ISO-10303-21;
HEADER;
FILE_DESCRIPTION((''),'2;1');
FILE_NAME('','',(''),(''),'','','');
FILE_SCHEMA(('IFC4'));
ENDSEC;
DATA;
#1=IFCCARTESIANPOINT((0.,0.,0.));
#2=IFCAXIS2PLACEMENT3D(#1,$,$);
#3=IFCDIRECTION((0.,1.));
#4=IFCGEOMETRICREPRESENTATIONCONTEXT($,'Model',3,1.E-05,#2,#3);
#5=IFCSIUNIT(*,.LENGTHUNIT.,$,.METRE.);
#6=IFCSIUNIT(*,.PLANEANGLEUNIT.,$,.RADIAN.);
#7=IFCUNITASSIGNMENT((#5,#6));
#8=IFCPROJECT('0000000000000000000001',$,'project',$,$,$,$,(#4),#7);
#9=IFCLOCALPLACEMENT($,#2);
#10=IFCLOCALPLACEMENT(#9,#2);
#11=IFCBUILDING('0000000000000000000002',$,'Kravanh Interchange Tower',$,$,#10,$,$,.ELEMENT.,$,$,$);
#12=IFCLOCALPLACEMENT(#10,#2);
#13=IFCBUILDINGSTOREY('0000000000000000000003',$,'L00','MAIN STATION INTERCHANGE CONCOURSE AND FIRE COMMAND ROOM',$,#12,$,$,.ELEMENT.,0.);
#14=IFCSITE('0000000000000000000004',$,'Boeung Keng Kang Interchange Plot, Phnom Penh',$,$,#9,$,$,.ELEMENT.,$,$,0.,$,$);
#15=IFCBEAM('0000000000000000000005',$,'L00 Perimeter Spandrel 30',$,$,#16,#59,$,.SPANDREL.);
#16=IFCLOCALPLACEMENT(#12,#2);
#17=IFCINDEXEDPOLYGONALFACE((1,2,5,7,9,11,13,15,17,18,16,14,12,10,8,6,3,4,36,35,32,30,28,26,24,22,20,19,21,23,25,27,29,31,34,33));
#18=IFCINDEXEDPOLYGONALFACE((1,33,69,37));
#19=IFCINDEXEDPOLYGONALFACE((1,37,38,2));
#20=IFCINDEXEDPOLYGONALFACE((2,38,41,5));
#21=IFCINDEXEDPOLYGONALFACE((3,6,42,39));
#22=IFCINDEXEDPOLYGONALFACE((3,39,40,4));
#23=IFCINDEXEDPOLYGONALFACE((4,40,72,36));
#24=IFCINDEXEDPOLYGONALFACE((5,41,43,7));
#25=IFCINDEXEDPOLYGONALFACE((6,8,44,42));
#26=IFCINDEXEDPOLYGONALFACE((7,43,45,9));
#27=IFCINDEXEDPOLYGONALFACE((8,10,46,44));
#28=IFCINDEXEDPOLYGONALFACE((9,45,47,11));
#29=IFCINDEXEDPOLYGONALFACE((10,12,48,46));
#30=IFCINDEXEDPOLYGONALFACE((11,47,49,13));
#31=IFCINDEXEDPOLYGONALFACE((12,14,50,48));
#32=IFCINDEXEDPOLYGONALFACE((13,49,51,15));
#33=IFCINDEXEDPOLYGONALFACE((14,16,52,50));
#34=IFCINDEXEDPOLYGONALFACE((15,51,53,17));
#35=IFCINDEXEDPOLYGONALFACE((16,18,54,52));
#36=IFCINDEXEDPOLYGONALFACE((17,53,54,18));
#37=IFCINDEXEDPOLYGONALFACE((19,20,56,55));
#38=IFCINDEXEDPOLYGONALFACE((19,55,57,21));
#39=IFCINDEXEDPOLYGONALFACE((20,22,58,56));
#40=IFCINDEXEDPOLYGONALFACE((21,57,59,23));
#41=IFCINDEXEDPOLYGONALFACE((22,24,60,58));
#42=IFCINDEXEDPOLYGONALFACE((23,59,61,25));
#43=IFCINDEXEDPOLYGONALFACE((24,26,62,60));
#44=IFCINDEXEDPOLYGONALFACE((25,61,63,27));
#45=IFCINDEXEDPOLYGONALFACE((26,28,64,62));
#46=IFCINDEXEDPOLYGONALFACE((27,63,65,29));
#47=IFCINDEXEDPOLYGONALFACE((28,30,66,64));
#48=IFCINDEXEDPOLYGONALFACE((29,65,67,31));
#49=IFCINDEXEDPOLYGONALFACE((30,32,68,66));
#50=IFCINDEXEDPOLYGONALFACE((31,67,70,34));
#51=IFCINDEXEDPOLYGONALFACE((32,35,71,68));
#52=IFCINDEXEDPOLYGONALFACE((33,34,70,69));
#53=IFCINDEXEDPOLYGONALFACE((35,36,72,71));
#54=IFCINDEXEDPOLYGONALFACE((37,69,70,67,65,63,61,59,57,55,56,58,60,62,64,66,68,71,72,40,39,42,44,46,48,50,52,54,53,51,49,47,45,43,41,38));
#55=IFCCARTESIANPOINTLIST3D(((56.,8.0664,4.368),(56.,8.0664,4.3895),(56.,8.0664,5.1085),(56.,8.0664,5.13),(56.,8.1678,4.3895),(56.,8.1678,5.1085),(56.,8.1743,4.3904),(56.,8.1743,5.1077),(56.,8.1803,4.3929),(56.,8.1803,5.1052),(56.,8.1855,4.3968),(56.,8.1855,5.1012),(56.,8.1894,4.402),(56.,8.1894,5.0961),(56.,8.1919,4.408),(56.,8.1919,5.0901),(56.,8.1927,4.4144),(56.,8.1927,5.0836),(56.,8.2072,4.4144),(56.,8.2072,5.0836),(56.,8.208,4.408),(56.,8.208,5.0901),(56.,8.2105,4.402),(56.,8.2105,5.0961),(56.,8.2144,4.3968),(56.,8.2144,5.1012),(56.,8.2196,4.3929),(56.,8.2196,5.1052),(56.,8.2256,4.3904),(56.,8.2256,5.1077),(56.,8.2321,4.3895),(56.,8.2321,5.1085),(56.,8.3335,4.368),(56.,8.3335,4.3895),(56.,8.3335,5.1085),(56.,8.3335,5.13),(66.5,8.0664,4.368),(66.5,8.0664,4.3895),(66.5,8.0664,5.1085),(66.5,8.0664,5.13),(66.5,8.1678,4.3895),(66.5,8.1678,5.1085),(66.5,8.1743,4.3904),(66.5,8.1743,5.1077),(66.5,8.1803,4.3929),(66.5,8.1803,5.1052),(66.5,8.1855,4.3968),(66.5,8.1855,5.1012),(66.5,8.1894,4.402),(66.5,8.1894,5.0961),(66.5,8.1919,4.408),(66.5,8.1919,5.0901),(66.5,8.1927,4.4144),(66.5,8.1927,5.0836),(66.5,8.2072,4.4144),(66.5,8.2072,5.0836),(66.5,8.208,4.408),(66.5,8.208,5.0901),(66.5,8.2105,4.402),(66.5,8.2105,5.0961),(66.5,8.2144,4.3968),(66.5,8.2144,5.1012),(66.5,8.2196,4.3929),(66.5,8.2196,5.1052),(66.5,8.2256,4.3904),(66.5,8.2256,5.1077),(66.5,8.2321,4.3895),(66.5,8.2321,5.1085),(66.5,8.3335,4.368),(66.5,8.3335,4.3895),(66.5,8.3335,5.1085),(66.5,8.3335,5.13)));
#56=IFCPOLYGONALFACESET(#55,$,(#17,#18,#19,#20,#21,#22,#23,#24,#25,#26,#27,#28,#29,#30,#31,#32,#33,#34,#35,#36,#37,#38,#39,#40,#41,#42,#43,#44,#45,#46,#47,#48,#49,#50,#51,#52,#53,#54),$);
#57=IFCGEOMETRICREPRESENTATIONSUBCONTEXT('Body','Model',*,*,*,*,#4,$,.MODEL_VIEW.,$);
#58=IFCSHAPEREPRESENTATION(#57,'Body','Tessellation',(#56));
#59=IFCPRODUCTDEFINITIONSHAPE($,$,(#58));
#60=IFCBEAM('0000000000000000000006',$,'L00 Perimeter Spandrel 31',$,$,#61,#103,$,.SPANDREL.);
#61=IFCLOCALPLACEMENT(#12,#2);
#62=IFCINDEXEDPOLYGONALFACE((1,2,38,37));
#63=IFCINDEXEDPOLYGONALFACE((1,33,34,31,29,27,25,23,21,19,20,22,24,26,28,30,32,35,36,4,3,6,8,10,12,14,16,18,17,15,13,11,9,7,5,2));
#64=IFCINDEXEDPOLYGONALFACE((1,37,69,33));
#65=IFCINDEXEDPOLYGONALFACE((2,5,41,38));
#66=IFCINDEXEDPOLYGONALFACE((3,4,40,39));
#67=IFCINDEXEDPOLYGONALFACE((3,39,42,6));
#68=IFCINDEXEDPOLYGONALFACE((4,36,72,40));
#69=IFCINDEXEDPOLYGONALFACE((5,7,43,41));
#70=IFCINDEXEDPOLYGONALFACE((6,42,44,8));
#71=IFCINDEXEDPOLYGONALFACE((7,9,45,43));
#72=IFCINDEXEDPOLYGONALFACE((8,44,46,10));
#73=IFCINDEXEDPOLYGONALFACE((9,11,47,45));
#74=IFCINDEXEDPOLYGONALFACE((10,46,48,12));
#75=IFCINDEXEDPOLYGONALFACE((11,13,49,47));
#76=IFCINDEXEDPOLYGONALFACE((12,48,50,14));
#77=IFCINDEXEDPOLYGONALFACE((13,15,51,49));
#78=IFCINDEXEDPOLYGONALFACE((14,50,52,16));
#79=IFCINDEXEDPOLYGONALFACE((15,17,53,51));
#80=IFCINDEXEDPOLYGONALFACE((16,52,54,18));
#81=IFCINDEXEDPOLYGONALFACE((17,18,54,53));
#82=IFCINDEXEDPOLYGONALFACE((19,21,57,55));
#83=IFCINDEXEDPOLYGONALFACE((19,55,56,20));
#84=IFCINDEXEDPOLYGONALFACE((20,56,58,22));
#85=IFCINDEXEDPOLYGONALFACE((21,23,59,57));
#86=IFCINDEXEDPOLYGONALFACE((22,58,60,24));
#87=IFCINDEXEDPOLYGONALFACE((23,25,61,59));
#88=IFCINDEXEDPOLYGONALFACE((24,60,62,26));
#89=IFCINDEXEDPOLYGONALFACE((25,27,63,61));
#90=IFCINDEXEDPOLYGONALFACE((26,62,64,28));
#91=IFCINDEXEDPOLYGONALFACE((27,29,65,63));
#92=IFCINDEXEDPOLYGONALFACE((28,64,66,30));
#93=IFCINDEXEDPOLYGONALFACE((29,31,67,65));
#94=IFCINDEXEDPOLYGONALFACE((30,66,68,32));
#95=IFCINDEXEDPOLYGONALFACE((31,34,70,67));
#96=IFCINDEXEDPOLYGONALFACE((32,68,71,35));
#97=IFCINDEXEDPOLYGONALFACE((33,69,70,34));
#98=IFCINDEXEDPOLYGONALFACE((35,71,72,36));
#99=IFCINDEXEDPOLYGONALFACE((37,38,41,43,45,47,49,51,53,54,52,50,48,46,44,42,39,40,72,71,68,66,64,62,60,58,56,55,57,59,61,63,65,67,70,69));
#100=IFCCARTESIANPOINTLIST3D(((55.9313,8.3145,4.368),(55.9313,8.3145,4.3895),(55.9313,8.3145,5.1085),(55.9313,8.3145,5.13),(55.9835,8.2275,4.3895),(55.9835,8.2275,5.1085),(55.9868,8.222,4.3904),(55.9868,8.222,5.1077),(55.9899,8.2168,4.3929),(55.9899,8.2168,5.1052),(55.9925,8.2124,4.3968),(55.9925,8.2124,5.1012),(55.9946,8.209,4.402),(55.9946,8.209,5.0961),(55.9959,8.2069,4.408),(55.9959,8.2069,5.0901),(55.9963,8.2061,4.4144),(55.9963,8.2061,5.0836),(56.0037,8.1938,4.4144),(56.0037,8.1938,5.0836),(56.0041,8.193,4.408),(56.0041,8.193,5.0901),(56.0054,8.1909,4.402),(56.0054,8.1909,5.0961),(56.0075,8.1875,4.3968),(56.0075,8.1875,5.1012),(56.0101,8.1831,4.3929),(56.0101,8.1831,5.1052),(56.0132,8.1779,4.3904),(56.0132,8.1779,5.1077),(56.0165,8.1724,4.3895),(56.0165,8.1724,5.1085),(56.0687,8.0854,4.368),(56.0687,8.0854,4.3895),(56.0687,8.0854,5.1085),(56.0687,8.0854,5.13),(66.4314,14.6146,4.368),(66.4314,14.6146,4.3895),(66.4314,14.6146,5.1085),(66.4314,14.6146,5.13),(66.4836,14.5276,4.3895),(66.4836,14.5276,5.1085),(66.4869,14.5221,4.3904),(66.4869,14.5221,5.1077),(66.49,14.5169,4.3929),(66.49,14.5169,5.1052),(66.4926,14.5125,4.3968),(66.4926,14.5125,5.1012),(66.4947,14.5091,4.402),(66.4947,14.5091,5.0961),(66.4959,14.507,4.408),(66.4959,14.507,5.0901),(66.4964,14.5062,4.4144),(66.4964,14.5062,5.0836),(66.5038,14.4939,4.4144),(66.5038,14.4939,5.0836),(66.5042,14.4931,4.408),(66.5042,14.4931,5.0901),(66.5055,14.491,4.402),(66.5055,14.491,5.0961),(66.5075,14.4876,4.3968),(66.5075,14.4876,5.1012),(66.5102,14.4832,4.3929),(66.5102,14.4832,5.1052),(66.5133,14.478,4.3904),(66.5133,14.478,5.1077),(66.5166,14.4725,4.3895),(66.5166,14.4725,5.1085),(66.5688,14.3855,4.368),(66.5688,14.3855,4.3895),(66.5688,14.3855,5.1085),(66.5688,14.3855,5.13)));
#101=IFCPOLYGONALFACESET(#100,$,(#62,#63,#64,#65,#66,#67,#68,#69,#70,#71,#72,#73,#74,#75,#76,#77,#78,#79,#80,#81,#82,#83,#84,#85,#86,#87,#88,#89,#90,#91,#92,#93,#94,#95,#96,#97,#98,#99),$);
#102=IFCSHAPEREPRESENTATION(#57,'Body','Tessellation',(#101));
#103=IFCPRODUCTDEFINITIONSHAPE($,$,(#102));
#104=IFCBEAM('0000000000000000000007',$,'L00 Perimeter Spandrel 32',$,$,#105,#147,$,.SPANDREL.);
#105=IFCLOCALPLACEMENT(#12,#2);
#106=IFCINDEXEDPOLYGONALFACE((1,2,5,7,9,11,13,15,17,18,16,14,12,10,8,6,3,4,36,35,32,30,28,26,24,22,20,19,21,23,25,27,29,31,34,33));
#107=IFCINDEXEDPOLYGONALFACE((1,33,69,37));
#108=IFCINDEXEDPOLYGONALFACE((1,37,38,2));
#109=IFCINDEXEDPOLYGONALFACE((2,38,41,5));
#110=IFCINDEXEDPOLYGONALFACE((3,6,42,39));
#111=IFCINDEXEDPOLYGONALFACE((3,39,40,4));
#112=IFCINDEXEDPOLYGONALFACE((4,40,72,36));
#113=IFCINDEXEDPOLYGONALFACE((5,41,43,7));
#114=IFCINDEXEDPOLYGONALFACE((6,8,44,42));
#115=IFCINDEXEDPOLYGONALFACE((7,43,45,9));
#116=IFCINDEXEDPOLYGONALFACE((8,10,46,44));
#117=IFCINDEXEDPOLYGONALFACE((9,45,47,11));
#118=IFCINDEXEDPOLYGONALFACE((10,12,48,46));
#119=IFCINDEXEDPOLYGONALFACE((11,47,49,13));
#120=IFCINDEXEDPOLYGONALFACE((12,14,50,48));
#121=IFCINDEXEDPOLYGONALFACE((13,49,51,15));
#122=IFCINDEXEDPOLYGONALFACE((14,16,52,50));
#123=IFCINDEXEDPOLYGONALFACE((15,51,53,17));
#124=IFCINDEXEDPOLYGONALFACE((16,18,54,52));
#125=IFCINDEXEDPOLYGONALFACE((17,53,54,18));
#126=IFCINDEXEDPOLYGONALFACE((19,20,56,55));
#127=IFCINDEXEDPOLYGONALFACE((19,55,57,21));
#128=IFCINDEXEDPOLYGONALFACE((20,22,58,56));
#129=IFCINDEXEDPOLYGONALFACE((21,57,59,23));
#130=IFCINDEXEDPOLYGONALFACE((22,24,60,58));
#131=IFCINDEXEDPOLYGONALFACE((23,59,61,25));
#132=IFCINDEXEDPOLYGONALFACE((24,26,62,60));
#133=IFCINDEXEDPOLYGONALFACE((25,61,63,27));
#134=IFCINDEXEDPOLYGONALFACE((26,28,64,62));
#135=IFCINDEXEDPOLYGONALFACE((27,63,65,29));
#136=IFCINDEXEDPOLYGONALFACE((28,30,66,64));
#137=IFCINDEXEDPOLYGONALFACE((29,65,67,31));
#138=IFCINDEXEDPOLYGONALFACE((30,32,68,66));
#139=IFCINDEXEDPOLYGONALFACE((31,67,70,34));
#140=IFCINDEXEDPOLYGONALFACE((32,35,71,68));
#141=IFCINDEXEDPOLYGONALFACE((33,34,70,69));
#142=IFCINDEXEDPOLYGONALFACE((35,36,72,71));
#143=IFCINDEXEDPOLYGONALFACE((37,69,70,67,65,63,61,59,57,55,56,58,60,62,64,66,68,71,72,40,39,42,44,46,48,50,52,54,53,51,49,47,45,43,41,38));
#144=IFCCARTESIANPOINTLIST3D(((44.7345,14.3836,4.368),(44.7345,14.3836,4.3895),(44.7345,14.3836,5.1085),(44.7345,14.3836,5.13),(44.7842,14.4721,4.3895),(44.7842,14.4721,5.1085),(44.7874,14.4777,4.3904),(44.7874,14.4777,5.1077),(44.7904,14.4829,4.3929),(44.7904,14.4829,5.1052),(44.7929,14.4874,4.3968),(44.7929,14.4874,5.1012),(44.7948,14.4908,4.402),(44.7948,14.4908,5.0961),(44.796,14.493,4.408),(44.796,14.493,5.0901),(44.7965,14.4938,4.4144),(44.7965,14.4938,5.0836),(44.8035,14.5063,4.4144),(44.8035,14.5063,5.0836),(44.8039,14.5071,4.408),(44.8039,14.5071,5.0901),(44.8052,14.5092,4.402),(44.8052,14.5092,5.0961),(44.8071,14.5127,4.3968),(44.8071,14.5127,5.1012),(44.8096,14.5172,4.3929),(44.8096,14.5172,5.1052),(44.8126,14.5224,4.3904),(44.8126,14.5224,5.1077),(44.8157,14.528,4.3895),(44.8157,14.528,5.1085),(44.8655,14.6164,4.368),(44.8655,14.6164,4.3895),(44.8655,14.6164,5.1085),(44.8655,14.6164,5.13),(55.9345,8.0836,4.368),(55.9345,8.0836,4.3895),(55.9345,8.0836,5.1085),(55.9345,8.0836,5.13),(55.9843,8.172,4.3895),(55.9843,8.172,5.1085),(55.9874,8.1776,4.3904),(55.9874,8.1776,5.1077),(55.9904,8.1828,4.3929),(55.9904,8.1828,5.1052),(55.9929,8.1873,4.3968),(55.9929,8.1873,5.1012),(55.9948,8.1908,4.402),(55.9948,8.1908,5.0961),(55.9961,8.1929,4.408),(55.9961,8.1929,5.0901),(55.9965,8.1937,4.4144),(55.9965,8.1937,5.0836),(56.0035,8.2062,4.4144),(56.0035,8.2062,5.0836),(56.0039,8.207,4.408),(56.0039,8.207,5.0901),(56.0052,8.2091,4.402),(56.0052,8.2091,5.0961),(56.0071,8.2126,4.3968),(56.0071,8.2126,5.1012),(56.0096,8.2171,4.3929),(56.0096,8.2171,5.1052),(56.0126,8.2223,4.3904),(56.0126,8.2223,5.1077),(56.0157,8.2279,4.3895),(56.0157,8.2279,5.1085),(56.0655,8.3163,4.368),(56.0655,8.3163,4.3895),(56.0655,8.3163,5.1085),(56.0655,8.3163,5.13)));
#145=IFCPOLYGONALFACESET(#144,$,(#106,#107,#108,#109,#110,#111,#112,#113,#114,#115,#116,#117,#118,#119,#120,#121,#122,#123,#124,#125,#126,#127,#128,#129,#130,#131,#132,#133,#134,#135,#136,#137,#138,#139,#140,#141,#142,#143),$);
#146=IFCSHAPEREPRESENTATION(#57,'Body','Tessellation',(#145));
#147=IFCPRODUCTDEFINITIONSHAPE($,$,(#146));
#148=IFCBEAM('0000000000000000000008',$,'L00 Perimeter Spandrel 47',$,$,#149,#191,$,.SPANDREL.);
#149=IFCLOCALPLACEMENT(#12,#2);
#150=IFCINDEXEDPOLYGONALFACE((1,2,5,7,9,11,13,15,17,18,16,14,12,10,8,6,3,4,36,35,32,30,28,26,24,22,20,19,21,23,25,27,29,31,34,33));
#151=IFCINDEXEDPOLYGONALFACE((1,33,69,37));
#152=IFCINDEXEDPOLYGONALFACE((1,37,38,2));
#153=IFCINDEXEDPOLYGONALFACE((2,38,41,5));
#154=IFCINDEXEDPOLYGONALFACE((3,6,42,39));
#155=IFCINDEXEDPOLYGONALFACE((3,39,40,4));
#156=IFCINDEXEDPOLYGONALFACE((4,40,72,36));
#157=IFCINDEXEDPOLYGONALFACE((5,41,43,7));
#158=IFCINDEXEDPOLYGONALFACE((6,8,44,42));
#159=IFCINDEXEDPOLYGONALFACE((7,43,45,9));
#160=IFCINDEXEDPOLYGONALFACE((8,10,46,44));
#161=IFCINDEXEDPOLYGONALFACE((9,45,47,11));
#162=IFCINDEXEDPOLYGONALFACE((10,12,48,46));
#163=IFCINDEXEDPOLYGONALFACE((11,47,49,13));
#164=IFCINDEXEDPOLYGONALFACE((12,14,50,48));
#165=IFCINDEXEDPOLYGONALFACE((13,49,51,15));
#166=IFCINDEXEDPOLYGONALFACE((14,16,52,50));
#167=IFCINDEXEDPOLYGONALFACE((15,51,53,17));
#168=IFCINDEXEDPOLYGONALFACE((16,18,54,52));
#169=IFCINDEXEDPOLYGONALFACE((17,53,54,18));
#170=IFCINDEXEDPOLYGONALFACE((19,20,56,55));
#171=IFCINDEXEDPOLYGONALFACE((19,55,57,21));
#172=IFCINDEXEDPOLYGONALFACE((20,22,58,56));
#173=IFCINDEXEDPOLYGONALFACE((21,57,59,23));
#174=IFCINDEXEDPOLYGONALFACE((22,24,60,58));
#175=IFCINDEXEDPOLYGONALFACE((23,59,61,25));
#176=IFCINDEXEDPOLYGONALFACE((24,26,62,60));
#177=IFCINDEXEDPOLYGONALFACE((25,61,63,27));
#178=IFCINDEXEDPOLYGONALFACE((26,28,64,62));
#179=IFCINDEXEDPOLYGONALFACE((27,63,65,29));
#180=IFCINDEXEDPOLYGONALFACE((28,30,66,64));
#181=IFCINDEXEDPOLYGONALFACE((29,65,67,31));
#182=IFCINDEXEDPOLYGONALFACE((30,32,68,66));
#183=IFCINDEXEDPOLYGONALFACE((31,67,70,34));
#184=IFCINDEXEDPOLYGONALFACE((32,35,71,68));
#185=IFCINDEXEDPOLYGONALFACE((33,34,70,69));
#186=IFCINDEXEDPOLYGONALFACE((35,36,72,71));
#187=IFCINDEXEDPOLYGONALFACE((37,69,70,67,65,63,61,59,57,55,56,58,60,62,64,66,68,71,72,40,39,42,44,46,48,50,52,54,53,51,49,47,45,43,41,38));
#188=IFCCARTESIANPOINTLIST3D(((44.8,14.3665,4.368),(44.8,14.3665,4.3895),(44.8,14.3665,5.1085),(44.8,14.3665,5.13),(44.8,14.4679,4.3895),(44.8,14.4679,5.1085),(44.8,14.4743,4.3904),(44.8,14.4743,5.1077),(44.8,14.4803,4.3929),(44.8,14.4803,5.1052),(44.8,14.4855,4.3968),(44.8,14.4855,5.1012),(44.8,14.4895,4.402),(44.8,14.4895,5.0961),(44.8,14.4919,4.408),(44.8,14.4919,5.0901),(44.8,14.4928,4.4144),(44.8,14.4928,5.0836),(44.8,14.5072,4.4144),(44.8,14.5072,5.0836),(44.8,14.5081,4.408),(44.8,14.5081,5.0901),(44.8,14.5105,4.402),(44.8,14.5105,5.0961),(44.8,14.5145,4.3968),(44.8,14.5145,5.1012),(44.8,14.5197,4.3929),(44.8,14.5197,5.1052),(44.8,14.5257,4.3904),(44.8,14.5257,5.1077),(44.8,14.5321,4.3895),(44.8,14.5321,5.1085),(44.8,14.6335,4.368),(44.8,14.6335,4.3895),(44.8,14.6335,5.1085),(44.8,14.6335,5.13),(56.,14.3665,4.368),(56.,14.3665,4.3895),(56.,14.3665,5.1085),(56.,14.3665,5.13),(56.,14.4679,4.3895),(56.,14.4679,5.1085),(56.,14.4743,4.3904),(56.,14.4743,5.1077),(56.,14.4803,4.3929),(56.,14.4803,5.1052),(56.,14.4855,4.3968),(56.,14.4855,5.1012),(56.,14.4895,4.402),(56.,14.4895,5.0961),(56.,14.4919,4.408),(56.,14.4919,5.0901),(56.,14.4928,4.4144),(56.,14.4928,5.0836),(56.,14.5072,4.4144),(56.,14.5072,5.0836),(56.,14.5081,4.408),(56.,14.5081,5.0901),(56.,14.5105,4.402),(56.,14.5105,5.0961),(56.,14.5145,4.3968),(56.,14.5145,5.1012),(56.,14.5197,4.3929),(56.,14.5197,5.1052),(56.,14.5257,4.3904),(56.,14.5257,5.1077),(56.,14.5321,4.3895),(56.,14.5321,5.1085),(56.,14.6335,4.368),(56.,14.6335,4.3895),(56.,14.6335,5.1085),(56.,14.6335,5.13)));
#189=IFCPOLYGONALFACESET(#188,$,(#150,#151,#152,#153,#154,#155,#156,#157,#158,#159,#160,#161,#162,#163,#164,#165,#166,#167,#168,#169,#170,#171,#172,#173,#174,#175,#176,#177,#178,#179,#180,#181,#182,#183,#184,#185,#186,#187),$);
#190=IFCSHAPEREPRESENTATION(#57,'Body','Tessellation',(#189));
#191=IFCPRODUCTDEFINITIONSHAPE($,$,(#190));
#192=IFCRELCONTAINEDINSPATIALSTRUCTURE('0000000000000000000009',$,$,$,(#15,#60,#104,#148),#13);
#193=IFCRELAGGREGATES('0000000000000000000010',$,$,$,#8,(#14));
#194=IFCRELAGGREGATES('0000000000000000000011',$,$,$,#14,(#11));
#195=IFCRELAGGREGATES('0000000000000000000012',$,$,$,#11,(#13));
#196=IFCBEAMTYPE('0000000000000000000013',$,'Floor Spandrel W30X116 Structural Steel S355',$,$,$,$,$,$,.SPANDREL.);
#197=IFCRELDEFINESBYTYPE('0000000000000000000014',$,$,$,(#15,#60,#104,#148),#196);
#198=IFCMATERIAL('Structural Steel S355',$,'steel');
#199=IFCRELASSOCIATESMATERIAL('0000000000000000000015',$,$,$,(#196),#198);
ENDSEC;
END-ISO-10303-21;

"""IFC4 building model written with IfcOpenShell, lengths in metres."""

from ifc_helpers import new_model, si_unit, direction, frame, origin, origin_2d, place, context, subcontext, project, spatial, i_section, extrude, material, material_profile, profile_set, type_object, element, save


model = new_model("IFC4")

# Units and contexts
model_context = context("Model", 3, precision=1e-05, world=origin(), true_north=direction((0.0, 1.0)))
body_context = subcontext(model_context, "Body", "Model", "MODEL_VIEW")
ifc_project = project(units=[si_unit("LENGTHUNIT", "METRE"), si_unit("PLANEANGLEUNIT", "RADIAN")], contexts=[model_context])

# Site, building, storey
site_placement = place(None, origin())
site = spatial("IfcSite", under=ifc_project, at=site_placement, Name="Boeung Keng Kang Interchange Plot, Phnom Penh", CompositionType="ELEMENT", RefElevation=0.0)
building_placement = place(site_placement, origin())
building = spatial("IfcBuilding", under=site, at=building_placement, Name="Kravanh Interchange Tower", CompositionType="ELEMENT")
storey_placement = place(building_placement, origin())
storey = spatial("IfcBuildingStorey", under=building, at=storey_placement, Name="L00", Description="MAIN STATION INTERCHANGE CONCOURSE AND FIRE COMMAND ROOM", CompositionType="ELEMENT", Elevation=0.0)

# Beams
ifc_material_1 = material(Name="Structural Steel S355", Category="steel")
ifc_material_profile_1 = material_profile(ifc_material_1, i_section(OverallWidth=0.2671, OverallDepth=0.762, WebThickness=0.0144, FlangeThickness=0.0215, FilletRadius=0.0249, at=origin_2d()), Name="W30X116")
ifc_profile_set_1 = profile_set([ifc_material_profile_1], Name="Structural Steel S355")
beam_type_1 = type_object("IfcBeamType", Name="Floor Spandrel W30X116 Structural Steel S355", PredefinedType="SPANDREL", material=ifc_profile_set_1)
beam_1_placement = place(storey_placement, frame((56.0, 8.2, 4.749), z_axis=(1.0, 0.0, 0.0), x_axis=(0.0, 1.0, 0.0)))
element("IfcBeam", 1, at=beam_1_placement, inside=storey, type_object=beam_type_1, Name="L00 Perimeter Spandrel 30", PredefinedType="SPANDREL", context=body_context, shape_type="SweptSolid", body=[
    extrude(i_section(OverallWidth=0.2671, OverallDepth=0.762, WebThickness=0.0144, FlangeThickness=0.0215, FilletRadius=0.0249, at=origin_2d()), origin(), (0.0, 0.0, 1.0), 10.5),
])
beam_2_placement = place(storey_placement, frame((56.0, 8.2, 4.749), z_axis=(0.857491, 0.514499, 0.0), x_axis=(-0.514499, 0.857491, 0.0)))
element("IfcBeam", 2, at=beam_2_placement, inside=storey, type_object=beam_type_1, Name="L00 Perimeter Spandrel 31", PredefinedType="SPANDREL", context=body_context, shape_type="SweptSolid", body=[
    extrude(i_section(OverallWidth=0.2671, OverallDepth=0.762, WebThickness=0.0144, FlangeThickness=0.0215, FilletRadius=0.0249, at=origin_2d()), origin(), (0.0, 0.0, 1.0), 12.2451),
])
beam_3_placement = place(storey_placement, frame((56.0, 8.2, 4.749), z_axis=(-0.871573, 0.490266, 0.0), x_axis=(-0.490266, -0.871573, 0.0)))
element("IfcBeam", 3, at=beam_3_placement, inside=storey, type_object=beam_type_1, Name="L00 Perimeter Spandrel 32", PredefinedType="SPANDREL", context=body_context, shape_type="SweptSolid", body=[
    extrude(i_section(OverallWidth=0.2671, OverallDepth=0.762, WebThickness=0.0144, FlangeThickness=0.0215, FilletRadius=0.0249, at=origin_2d()), origin(), (0.0, 0.0, 1.0), 12.8503),
])
beam_4_placement = place(storey_placement, frame((44.8, 14.5, 4.749), z_axis=(1.0, 0.0, 0.0), x_axis=(0.0, 1.0, 0.0)))
element("IfcBeam", 4, at=beam_4_placement, inside=storey, type_object=beam_type_1, Name="L00 Perimeter Spandrel 47", PredefinedType="SPANDREL", context=body_context, shape_type="SweptSolid", body=[
    extrude(i_section(OverallWidth=0.2671, OverallDepth=0.762, WebThickness=0.0144, FlangeThickness=0.0215, FilletRadius=0.0249, at=origin_2d()), origin(), (0.0, 0.0, 1.0), 11.2),
])

save(model, "model.ifc")
